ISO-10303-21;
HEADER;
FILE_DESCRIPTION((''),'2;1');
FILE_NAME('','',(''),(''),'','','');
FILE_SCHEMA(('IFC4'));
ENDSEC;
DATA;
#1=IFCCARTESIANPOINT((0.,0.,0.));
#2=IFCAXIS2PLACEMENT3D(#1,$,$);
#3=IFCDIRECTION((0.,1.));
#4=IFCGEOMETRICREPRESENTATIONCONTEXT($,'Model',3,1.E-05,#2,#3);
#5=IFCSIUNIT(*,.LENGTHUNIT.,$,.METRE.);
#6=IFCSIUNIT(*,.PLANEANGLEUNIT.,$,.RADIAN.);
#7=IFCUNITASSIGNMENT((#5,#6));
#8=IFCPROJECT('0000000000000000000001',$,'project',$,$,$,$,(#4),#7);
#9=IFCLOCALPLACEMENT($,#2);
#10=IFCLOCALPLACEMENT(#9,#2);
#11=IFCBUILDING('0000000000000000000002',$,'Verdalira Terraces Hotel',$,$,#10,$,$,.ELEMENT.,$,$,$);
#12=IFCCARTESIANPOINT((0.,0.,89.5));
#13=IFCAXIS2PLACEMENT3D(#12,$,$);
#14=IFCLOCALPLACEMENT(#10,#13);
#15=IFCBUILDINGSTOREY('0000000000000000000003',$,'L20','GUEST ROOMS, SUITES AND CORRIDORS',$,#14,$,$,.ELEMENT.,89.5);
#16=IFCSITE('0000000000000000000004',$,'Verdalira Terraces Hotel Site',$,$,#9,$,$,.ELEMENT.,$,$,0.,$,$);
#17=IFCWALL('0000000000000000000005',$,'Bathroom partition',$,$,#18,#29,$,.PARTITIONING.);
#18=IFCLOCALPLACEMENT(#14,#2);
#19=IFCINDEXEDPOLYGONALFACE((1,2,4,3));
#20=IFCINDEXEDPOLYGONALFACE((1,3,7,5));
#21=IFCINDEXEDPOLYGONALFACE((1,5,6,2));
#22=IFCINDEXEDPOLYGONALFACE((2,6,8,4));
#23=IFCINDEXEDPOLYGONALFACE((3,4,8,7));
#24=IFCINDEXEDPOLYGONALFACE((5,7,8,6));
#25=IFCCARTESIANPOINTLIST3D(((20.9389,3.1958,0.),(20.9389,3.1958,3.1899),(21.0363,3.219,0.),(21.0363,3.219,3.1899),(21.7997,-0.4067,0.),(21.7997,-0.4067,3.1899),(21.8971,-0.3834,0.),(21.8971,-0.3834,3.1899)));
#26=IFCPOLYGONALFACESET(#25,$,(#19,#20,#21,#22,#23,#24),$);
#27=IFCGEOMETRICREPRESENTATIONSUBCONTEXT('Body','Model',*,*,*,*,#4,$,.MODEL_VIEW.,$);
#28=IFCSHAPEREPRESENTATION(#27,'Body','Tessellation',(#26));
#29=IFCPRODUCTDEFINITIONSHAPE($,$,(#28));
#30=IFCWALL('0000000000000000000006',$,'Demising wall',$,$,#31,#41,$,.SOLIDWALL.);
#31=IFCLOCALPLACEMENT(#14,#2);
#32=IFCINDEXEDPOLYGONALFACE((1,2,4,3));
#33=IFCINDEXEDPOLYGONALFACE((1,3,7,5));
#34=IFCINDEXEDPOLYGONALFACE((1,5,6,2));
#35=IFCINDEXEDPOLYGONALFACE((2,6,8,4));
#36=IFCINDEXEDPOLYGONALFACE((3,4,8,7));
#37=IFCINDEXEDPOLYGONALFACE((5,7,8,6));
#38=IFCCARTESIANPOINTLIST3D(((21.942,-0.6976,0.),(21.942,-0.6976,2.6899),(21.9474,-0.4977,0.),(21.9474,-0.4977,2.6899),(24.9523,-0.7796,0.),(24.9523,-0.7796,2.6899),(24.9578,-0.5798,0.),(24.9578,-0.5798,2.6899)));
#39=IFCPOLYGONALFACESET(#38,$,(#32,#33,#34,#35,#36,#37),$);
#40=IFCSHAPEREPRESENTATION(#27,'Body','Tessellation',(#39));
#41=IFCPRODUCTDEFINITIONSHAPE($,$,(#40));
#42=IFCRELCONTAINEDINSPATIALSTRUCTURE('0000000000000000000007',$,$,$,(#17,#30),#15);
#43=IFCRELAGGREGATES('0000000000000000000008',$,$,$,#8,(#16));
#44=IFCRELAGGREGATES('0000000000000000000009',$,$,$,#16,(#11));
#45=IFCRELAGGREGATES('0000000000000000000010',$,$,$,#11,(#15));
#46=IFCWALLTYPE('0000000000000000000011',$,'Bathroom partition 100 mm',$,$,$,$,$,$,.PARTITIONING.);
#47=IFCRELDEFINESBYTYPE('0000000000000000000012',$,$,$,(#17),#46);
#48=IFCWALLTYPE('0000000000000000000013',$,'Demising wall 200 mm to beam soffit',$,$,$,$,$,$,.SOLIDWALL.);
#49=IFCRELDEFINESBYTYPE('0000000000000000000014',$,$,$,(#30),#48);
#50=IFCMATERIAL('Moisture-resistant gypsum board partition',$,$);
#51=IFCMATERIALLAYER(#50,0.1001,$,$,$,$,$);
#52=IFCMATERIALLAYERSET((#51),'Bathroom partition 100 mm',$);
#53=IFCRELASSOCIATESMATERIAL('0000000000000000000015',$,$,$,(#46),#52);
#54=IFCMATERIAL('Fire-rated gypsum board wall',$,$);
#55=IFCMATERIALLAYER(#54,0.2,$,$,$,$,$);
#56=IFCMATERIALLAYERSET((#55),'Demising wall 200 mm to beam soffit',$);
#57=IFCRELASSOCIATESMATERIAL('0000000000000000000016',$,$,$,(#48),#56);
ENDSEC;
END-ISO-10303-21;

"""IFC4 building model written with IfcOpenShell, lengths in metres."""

from ifc_helpers import new_model, si_unit, direction, frame, frame_2d, origin, place, context, subcontext, project, spatial, rectangle, extrude, material, layer, layer_set, type_object, element, save


model = new_model("IFC4")

# Units and contexts
model_context = context("Model", 3, precision=1e-05, world=origin(), true_north=direction((0.0, 1.0)))
body_context = subcontext(model_context, "Body", "Model", "MODEL_VIEW")
ifc_project = project(units=[si_unit("LENGTHUNIT", "METRE"), si_unit("PLANEANGLEUNIT", "RADIAN")], contexts=[model_context])

# Site, building, storey
site_placement = place(None, origin())
site = spatial("IfcSite", under=ifc_project, at=site_placement, Name="Verdalira Terraces Hotel Site", CompositionType="ELEMENT", RefElevation=0.0)
building_placement = place(site_placement, origin())
building = spatial("IfcBuilding", under=site, at=building_placement, Name="Verdalira Terraces Hotel", CompositionType="ELEMENT")
storey_placement = place(building_placement, frame((0.0, 0.0, 89.5)))
storey = spatial("IfcBuildingStorey", under=building, at=storey_placement, Name="L20", Description="GUEST ROOMS, SUITES AND CORRIDORS", CompositionType="ELEMENT", Elevation=89.5)

# Shared definitions
ifc_material_1 = material(Name="Moisture-resistant gypsum board partition")
ifc_layer_1 = layer(ifc_material_1, 0.1001)
ifc_layer_set_1 = layer_set([ifc_layer_1], Name="Bathroom partition 100 mm")
wall_type_1 = type_object("IfcWallType", Name="Bathroom partition 100 mm", PredefinedType="PARTITIONING", material=ifc_layer_set_1)

# Walls
wall_1_placement = place(storey_placement, frame((20.9875, 3.2075, 0.0), z_axis=(0.0, 0.0, 1.0), x_axis=(0.232411, -0.972618, 0.0)))
element("IfcWall", 1, at=wall_1_placement, inside=storey, type_object=wall_type_1, Name="Bathroom partition", PredefinedType="PARTITIONING", context=body_context, shape_type="SweptSolid", body=[
    extrude(rectangle(XDim=3.7039, YDim=0.1001, at=frame_2d((1.8521, 0.0))), origin(), (0.0, 0.0, 1.0), 3.1899),
])
ifc_material_2 = material(Name="Fire-rated gypsum board wall")
ifc_layer_2 = layer(ifc_material_2, 0.2)
ifc_layer_set_2 = layer_set([ifc_layer_2], Name="Demising wall 200 mm to beam soffit")
wall_type_2 = type_object("IfcWallType", Name="Demising wall 200 mm to beam soffit", PredefinedType="SOLIDWALL", material=ifc_layer_set_2)
wall_2_placement = place(storey_placement, frame((21.9446, -0.5977, 0.0), z_axis=(0.0, 0.0, 1.0), x_axis=(0.999629, -0.02724, 0.0)))
element("IfcWall", 2, at=wall_2_placement, inside=storey, type_object=wall_type_2, Name="Demising wall", PredefinedType="SOLIDWALL", context=body_context, shape_type="SweptSolid", body=[
    extrude(rectangle(XDim=3.0115, YDim=0.2, at=frame_2d((1.5059, 0.0))), origin(), (0.0, 0.0, 1.0), 2.6899),
])

save(model, "model.ifc")
